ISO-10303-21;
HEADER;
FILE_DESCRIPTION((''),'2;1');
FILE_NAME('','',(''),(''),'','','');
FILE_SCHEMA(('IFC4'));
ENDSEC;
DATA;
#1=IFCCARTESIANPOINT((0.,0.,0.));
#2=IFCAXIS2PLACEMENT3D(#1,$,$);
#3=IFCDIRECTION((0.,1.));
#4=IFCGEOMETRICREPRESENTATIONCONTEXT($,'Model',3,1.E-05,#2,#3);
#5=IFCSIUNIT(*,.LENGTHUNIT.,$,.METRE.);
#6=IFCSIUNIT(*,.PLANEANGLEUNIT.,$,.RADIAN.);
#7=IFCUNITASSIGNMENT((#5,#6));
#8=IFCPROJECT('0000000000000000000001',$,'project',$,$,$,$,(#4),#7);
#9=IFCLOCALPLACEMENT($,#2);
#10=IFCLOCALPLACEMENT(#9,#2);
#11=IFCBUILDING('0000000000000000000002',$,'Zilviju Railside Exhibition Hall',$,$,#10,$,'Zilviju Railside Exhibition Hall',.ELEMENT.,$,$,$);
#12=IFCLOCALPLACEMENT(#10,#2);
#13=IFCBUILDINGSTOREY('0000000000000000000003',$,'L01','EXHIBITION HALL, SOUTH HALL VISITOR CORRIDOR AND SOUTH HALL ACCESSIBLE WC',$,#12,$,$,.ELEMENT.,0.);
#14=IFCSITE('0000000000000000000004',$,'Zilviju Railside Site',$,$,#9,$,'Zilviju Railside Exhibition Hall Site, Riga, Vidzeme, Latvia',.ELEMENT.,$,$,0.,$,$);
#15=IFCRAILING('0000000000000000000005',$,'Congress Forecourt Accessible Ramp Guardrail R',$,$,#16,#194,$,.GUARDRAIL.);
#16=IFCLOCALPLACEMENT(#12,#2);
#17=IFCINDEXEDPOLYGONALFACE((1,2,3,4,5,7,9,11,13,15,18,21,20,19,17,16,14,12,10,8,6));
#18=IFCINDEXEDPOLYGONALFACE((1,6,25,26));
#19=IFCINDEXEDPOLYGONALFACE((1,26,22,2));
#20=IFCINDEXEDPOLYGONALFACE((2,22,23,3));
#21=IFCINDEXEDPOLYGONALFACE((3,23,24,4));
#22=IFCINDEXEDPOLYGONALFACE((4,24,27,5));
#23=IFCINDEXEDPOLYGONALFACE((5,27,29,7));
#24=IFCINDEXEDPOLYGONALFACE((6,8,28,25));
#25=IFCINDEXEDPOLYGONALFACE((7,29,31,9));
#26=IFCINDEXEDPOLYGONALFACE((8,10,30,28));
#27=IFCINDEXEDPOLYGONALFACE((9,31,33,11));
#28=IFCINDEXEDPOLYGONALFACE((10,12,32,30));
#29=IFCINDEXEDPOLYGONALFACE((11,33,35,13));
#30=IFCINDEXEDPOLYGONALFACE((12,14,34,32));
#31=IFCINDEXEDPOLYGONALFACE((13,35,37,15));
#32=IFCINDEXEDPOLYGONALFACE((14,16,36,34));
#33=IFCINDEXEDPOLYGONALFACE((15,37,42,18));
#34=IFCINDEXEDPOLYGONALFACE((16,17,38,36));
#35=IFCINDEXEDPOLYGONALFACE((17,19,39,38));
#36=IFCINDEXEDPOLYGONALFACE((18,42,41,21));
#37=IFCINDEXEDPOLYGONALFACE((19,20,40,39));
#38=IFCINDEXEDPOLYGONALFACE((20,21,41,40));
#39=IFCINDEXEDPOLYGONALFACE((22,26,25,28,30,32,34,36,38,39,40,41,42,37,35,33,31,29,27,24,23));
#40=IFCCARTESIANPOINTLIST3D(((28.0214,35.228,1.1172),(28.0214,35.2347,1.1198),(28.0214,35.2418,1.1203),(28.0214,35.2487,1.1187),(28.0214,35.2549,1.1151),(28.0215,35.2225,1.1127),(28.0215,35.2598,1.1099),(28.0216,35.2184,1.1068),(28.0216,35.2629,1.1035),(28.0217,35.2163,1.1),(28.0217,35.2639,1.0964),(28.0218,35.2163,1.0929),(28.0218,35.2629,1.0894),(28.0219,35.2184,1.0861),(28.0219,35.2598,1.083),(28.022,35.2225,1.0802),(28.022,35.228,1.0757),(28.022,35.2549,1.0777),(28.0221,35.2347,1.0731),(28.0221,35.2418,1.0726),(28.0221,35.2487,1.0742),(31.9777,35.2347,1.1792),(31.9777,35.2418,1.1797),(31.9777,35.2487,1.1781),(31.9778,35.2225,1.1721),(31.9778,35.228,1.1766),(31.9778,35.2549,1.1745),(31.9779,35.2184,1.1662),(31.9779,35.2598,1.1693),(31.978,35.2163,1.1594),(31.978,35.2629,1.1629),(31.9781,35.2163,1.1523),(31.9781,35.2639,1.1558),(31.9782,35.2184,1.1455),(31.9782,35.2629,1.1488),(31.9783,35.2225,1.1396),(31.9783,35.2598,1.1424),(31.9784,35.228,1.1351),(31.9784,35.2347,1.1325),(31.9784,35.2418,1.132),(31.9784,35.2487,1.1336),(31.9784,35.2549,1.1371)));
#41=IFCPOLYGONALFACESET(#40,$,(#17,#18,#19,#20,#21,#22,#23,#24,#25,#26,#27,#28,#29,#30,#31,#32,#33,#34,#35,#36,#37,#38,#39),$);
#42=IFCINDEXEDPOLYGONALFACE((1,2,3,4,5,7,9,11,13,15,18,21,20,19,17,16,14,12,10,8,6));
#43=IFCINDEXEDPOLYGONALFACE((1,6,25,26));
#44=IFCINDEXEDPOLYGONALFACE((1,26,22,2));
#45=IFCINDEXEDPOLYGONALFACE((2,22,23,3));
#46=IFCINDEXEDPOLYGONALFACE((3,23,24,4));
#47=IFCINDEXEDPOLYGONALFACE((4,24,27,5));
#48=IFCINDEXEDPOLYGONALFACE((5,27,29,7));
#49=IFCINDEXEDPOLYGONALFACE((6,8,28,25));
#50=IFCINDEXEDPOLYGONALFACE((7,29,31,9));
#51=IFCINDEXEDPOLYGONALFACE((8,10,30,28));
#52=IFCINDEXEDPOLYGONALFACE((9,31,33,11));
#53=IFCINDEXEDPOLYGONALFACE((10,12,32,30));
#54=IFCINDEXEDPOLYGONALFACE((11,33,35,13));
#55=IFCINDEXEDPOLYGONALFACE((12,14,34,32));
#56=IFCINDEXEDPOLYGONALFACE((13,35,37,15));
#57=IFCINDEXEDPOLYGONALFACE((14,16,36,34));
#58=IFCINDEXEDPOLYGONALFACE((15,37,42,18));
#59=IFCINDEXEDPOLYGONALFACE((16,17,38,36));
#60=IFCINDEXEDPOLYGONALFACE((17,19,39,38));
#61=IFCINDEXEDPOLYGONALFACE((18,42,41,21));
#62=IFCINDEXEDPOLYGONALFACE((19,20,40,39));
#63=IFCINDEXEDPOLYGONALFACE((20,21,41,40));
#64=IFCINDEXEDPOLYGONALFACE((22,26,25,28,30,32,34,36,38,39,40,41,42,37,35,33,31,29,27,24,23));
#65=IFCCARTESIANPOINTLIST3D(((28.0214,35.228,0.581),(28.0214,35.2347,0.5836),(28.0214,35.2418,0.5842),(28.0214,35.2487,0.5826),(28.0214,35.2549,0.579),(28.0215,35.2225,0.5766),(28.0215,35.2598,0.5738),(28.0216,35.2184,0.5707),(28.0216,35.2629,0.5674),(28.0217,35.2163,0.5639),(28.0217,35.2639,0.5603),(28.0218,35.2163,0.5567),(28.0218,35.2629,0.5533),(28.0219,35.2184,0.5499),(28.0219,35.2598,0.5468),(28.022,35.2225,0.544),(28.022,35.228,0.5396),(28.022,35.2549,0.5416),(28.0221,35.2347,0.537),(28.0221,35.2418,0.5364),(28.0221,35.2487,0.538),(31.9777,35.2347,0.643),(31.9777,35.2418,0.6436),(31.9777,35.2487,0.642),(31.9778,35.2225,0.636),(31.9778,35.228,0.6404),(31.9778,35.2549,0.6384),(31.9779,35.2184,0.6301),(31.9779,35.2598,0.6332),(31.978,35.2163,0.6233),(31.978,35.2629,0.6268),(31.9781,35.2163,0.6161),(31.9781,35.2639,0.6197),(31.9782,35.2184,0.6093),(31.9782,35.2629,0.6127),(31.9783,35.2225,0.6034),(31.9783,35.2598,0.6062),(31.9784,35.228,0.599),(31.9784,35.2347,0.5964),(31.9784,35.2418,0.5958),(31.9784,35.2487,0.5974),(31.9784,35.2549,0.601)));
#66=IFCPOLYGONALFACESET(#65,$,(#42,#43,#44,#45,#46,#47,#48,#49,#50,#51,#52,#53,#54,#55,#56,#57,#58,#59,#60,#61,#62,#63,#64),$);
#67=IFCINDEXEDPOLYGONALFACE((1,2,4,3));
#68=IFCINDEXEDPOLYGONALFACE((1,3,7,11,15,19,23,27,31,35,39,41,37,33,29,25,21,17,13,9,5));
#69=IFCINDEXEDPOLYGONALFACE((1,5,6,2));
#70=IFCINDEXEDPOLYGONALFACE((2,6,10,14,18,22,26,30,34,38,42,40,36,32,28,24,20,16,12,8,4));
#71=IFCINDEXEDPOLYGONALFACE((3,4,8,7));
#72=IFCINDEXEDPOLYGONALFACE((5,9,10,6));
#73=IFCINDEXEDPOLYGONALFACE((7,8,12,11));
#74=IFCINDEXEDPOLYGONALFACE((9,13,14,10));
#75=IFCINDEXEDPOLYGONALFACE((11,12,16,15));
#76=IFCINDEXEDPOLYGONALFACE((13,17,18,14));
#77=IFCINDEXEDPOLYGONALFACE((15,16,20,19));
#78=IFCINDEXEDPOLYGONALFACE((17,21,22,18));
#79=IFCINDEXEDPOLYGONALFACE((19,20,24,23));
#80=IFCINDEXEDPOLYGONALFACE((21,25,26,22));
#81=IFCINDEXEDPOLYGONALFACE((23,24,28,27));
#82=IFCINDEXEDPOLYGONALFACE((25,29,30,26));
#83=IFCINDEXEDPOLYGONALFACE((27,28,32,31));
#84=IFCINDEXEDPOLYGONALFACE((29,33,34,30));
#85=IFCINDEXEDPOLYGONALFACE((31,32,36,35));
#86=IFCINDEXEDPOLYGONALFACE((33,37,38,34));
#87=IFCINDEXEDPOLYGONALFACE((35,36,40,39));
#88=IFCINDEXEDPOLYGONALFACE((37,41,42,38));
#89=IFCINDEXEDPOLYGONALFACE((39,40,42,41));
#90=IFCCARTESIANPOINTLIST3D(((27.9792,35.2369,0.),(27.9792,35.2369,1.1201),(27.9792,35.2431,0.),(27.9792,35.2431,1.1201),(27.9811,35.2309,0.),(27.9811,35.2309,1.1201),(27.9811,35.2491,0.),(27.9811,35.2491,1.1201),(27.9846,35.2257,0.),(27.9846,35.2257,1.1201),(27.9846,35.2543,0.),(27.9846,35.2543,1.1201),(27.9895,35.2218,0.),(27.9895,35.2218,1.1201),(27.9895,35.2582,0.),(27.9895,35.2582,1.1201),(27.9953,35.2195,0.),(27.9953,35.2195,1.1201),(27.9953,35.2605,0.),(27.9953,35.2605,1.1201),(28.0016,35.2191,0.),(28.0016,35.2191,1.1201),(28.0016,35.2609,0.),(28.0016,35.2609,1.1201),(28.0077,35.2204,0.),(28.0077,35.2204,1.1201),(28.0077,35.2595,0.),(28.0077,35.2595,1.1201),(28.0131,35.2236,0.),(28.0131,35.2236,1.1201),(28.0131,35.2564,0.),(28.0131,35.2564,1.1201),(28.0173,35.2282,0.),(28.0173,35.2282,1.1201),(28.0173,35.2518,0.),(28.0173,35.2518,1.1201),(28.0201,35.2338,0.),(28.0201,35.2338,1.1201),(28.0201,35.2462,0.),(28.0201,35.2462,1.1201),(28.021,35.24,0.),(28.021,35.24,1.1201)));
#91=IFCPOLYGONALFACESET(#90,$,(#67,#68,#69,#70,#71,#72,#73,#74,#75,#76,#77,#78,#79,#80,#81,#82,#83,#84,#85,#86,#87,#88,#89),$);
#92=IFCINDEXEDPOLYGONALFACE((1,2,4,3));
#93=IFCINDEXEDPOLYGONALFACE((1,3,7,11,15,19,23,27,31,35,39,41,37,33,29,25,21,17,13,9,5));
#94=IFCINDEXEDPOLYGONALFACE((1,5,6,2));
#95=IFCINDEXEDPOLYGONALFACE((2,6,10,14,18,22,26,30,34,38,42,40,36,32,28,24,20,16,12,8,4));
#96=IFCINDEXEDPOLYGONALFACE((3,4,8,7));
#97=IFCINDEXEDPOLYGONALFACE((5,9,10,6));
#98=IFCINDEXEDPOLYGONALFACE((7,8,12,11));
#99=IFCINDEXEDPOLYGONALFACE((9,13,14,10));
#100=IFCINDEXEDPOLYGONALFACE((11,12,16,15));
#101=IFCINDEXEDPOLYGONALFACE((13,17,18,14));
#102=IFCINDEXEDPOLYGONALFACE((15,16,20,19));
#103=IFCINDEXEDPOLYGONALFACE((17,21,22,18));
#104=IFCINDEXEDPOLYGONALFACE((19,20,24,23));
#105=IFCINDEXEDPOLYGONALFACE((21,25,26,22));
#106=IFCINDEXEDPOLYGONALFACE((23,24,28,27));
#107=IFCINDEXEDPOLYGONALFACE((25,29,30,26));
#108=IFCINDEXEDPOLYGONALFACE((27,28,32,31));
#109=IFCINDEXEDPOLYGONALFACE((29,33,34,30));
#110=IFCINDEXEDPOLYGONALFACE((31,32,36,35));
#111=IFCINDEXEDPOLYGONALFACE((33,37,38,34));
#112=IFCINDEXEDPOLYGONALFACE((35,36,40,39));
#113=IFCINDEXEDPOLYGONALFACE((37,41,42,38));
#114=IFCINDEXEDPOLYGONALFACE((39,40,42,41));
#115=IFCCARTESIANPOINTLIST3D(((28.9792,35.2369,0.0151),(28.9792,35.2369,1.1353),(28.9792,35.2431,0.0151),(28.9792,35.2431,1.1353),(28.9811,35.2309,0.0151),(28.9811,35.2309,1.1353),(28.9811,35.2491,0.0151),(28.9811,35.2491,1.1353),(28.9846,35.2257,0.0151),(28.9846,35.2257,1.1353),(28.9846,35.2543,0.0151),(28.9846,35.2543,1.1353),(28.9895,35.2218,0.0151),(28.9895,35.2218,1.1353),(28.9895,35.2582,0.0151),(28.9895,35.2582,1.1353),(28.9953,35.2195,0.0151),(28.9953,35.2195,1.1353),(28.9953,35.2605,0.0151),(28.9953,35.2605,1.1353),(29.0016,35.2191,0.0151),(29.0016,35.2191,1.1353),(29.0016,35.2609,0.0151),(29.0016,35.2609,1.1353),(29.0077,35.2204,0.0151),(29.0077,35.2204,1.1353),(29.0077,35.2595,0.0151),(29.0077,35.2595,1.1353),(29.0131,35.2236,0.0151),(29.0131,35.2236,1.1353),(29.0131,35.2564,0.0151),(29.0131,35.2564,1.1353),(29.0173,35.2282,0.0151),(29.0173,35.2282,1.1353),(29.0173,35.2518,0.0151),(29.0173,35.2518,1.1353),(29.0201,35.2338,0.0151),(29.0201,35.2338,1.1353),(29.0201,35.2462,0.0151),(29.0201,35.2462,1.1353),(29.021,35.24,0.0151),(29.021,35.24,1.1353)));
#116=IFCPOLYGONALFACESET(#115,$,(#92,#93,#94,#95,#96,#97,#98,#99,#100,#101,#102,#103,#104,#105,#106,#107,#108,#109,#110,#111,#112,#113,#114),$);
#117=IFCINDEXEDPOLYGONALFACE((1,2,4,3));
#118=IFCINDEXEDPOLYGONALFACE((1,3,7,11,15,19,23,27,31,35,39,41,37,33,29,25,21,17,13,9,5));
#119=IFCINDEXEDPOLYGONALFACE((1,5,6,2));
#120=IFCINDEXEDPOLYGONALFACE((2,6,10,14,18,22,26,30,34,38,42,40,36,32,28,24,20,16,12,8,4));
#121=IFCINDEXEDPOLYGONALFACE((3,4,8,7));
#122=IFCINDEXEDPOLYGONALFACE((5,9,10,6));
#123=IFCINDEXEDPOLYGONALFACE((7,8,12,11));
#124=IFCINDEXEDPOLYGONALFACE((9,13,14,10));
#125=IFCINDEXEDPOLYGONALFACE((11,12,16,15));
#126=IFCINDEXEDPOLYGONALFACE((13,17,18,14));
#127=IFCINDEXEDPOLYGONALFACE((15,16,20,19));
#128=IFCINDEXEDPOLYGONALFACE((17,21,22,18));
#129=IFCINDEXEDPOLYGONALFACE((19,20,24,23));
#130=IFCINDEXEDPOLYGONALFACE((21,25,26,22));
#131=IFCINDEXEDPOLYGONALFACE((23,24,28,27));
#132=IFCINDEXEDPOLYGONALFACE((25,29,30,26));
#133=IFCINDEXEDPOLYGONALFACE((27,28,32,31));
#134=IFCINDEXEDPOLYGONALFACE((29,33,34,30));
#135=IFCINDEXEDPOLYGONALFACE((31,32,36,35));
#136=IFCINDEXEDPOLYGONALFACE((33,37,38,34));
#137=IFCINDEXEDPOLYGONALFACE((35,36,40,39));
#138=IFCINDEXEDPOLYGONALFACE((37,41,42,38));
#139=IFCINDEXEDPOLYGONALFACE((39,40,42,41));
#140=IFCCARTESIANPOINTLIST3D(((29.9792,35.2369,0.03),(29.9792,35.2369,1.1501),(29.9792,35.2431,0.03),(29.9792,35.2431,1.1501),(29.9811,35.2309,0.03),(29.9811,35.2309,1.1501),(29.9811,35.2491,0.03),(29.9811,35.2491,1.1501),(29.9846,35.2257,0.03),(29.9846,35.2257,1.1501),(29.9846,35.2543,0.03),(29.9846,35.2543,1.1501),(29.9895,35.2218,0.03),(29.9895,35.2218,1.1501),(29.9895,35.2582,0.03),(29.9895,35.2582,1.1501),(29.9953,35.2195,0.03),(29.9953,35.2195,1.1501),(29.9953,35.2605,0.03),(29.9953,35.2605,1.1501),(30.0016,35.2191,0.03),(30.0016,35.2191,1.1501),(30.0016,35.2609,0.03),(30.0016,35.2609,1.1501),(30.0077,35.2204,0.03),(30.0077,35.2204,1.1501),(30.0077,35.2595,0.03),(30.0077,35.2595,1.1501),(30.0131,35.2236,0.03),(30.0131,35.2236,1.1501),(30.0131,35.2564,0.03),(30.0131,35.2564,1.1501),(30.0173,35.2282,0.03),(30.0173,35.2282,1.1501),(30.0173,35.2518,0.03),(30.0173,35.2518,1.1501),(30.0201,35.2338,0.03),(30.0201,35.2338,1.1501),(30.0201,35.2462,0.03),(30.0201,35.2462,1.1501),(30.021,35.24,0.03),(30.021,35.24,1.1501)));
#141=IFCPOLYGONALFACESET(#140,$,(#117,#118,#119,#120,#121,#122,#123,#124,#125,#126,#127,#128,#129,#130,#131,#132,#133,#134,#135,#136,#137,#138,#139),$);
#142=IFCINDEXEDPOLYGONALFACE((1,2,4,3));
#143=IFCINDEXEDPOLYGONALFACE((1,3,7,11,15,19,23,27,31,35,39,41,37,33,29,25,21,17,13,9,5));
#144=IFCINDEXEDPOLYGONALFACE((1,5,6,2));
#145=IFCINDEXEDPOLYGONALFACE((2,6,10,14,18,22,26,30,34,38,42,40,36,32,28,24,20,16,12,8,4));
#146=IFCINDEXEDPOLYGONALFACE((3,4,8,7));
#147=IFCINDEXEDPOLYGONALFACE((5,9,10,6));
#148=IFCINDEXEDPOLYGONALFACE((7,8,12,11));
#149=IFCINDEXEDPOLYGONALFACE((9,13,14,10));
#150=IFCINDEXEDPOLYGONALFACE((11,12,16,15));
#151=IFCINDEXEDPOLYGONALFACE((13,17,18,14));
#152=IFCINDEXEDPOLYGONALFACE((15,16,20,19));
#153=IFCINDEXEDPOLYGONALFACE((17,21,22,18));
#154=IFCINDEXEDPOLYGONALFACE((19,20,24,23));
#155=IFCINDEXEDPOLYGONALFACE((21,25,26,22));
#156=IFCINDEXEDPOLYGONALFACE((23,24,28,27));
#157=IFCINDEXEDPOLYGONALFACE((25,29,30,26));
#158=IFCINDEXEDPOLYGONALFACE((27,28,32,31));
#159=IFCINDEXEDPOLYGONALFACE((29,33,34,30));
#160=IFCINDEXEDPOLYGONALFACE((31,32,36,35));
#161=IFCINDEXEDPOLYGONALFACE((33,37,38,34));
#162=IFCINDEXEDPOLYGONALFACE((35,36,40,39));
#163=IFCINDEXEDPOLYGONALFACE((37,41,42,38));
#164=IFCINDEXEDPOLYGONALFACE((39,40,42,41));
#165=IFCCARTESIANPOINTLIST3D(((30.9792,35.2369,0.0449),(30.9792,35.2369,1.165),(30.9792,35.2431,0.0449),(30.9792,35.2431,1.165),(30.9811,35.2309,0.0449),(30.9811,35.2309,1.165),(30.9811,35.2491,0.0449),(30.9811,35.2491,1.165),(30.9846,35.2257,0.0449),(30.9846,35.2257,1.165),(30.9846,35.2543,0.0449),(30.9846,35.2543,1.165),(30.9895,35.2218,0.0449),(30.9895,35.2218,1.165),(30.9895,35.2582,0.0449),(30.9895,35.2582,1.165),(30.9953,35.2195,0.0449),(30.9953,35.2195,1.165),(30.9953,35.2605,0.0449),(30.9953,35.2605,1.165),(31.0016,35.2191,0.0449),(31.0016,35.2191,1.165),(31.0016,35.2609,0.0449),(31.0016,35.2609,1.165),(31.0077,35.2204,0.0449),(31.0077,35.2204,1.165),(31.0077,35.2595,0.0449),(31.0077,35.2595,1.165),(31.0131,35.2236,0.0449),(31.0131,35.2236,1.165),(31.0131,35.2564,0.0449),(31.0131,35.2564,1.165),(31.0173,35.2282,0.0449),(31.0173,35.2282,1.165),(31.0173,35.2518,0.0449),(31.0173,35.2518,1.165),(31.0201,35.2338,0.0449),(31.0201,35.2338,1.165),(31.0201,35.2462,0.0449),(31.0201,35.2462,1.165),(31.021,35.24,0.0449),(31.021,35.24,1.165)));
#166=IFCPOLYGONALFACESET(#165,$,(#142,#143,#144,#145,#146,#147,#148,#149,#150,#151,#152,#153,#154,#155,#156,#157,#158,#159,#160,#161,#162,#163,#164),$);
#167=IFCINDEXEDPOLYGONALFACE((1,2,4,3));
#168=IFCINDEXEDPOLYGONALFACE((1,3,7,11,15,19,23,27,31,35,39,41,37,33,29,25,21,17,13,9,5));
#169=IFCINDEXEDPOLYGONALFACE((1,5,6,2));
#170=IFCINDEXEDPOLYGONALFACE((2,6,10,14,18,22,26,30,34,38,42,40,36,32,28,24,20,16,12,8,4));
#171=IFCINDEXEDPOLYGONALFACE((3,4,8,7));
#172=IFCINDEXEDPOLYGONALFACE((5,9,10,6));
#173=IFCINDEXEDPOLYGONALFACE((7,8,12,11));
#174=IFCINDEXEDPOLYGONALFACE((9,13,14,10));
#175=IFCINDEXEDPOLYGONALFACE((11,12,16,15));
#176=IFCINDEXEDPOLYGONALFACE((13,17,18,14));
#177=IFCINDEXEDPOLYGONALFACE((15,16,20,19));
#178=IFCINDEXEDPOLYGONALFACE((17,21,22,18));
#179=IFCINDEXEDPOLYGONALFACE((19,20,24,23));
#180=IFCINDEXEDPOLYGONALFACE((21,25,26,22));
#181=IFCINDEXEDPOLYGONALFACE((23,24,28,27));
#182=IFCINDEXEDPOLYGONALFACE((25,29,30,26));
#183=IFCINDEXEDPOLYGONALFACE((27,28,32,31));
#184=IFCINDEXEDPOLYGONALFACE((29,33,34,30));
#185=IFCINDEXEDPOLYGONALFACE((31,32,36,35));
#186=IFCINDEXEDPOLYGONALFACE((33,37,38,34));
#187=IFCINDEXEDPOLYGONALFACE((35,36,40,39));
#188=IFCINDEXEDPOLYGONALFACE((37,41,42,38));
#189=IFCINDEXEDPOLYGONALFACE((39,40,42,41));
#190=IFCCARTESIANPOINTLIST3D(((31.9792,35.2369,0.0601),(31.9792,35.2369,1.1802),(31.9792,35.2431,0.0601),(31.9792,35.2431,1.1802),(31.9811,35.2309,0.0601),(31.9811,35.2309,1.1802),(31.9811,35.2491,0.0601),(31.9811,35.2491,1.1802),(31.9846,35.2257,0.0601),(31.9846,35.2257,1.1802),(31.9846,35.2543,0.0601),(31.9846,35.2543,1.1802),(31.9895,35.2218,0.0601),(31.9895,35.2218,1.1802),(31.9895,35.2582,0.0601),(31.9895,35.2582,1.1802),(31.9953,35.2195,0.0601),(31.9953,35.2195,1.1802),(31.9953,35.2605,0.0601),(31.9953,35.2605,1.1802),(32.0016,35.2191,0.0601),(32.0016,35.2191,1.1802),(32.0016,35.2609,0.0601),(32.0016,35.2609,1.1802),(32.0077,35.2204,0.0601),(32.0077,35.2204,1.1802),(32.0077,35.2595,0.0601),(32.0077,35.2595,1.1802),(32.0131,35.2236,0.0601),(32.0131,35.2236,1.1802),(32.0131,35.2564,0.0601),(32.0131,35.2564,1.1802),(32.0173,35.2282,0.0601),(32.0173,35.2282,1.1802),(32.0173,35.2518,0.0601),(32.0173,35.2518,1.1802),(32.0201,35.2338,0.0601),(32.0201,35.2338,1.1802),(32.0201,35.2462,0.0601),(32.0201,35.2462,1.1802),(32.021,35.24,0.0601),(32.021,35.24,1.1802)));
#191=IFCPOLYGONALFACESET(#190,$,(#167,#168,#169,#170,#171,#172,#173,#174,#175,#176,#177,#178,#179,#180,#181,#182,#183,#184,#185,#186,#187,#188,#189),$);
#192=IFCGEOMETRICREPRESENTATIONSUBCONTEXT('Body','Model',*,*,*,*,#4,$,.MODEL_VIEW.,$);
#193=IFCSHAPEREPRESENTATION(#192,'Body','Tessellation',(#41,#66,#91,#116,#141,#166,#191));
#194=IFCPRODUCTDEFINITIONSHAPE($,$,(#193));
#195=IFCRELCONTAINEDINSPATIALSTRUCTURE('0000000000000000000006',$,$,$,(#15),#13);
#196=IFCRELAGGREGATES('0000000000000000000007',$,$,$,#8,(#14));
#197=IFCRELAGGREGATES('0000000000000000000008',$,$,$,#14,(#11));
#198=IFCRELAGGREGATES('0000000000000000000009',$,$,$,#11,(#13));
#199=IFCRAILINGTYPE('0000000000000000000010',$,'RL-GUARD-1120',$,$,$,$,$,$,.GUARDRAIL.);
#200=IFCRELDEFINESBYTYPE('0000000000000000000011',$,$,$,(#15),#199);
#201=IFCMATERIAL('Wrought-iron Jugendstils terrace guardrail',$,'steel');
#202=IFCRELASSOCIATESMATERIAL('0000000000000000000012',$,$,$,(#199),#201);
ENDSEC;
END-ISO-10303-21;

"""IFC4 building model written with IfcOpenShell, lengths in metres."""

from ifc_helpers import new_model, si_unit, direction, frame, origin, origin_2d, place, context, subcontext, project, spatial, circle, extrude, material, type_object, element, save


model = new_model("IFC4")

# Units and contexts
model_context = context("Model", 3, precision=1e-05, world=origin(), true_north=direction((0.0, 1.0)))
body_context = subcontext(model_context, "Body", "Model", "MODEL_VIEW")
ifc_project = project(units=[si_unit("LENGTHUNIT", "METRE"), si_unit("PLANEANGLEUNIT", "RADIAN")], contexts=[model_context])

# Site, building, storey
site_placement = place(None, origin())
site = spatial("IfcSite", under=ifc_project, at=site_placement, Name="Zilviju Railside Site", LongName="Zilviju Railside Exhibition Hall Site, Riga, Vidzeme, Latvia", CompositionType="ELEMENT", RefElevation=0.0)
building_placement = place(site_placement, origin())
building = spatial("IfcBuilding", under=site, at=building_placement, Name="Zilviju Railside Exhibition Hall", LongName="Zilviju Railside Exhibition Hall", CompositionType="ELEMENT")
storey_placement = place(building_placement, origin())
storey = spatial("IfcBuildingStorey", under=building, at=storey_placement, Name="L01", Description="EXHIBITION HALL, SOUTH HALL VISITOR CORRIDOR AND SOUTH HALL ACCESSIBLE WC", CompositionType="ELEMENT", Elevation=0.0)

# Railing
ifc_material_1 = material(Name="Wrought-iron Jugendstils terrace guardrail", Category="steel")
railing_type = type_object("IfcRailingType", Name="RL-GUARD-1120", PredefinedType="GUARDRAIL", material=ifc_material_1)
for number, where, name in (
    (1, (28.0, 35.24, 0.0), "Congress Forecourt Accessible Ramp Guardrail R"),
):
    element("IfcRailing", number, at=place(storey_placement, frame(where)), inside=storey, type_object=railing_type, Name=name, PredefinedType="GUARDRAIL", context=body_context, shape_type="SweptSolid", body=[
        extrude(circle(Radius=0.0239, at=origin_2d()), frame((0.0217, 0.0, 1.0964), z_axis=(0.999887, 0.0, 0.015013), x_axis=(0.0, 1.0, 0.0)), (0.0, 0.0, 1.0), 3.9568),
        extrude(circle(Radius=0.0239, at=origin_2d()), frame((0.0217, 0.0, 0.5603), z_axis=(0.999887, 0.0, 0.015013), x_axis=(0.0, 1.0, 0.0)), (0.0, 0.0, 1.0), 3.9568),
        extrude(circle(Radius=0.021, at=origin_2d()), origin(), (0.0, 0.0, 1.0), 1.1201),
        extrude(circle(Radius=0.021, at=origin_2d()), frame((1.0, 0.0, 0.0151)), (0.0, 0.0, 1.0), 1.1201),
        extrude(circle(Radius=0.021, at=origin_2d()), frame((2.0, 0.0, 0.03)), (0.0, 0.0, 1.0), 1.1201),
        extrude(circle(Radius=0.021, at=origin_2d()), frame((3.0, 0.0, 0.0449)), (0.0, 0.0, 1.0), 1.1201),
        extrude(circle(Radius=0.021, at=origin_2d()), frame((4.0, 0.0, 0.0601)), (0.0, 0.0, 1.0), 1.1201),
    ])

save(model, "model.ifc")
